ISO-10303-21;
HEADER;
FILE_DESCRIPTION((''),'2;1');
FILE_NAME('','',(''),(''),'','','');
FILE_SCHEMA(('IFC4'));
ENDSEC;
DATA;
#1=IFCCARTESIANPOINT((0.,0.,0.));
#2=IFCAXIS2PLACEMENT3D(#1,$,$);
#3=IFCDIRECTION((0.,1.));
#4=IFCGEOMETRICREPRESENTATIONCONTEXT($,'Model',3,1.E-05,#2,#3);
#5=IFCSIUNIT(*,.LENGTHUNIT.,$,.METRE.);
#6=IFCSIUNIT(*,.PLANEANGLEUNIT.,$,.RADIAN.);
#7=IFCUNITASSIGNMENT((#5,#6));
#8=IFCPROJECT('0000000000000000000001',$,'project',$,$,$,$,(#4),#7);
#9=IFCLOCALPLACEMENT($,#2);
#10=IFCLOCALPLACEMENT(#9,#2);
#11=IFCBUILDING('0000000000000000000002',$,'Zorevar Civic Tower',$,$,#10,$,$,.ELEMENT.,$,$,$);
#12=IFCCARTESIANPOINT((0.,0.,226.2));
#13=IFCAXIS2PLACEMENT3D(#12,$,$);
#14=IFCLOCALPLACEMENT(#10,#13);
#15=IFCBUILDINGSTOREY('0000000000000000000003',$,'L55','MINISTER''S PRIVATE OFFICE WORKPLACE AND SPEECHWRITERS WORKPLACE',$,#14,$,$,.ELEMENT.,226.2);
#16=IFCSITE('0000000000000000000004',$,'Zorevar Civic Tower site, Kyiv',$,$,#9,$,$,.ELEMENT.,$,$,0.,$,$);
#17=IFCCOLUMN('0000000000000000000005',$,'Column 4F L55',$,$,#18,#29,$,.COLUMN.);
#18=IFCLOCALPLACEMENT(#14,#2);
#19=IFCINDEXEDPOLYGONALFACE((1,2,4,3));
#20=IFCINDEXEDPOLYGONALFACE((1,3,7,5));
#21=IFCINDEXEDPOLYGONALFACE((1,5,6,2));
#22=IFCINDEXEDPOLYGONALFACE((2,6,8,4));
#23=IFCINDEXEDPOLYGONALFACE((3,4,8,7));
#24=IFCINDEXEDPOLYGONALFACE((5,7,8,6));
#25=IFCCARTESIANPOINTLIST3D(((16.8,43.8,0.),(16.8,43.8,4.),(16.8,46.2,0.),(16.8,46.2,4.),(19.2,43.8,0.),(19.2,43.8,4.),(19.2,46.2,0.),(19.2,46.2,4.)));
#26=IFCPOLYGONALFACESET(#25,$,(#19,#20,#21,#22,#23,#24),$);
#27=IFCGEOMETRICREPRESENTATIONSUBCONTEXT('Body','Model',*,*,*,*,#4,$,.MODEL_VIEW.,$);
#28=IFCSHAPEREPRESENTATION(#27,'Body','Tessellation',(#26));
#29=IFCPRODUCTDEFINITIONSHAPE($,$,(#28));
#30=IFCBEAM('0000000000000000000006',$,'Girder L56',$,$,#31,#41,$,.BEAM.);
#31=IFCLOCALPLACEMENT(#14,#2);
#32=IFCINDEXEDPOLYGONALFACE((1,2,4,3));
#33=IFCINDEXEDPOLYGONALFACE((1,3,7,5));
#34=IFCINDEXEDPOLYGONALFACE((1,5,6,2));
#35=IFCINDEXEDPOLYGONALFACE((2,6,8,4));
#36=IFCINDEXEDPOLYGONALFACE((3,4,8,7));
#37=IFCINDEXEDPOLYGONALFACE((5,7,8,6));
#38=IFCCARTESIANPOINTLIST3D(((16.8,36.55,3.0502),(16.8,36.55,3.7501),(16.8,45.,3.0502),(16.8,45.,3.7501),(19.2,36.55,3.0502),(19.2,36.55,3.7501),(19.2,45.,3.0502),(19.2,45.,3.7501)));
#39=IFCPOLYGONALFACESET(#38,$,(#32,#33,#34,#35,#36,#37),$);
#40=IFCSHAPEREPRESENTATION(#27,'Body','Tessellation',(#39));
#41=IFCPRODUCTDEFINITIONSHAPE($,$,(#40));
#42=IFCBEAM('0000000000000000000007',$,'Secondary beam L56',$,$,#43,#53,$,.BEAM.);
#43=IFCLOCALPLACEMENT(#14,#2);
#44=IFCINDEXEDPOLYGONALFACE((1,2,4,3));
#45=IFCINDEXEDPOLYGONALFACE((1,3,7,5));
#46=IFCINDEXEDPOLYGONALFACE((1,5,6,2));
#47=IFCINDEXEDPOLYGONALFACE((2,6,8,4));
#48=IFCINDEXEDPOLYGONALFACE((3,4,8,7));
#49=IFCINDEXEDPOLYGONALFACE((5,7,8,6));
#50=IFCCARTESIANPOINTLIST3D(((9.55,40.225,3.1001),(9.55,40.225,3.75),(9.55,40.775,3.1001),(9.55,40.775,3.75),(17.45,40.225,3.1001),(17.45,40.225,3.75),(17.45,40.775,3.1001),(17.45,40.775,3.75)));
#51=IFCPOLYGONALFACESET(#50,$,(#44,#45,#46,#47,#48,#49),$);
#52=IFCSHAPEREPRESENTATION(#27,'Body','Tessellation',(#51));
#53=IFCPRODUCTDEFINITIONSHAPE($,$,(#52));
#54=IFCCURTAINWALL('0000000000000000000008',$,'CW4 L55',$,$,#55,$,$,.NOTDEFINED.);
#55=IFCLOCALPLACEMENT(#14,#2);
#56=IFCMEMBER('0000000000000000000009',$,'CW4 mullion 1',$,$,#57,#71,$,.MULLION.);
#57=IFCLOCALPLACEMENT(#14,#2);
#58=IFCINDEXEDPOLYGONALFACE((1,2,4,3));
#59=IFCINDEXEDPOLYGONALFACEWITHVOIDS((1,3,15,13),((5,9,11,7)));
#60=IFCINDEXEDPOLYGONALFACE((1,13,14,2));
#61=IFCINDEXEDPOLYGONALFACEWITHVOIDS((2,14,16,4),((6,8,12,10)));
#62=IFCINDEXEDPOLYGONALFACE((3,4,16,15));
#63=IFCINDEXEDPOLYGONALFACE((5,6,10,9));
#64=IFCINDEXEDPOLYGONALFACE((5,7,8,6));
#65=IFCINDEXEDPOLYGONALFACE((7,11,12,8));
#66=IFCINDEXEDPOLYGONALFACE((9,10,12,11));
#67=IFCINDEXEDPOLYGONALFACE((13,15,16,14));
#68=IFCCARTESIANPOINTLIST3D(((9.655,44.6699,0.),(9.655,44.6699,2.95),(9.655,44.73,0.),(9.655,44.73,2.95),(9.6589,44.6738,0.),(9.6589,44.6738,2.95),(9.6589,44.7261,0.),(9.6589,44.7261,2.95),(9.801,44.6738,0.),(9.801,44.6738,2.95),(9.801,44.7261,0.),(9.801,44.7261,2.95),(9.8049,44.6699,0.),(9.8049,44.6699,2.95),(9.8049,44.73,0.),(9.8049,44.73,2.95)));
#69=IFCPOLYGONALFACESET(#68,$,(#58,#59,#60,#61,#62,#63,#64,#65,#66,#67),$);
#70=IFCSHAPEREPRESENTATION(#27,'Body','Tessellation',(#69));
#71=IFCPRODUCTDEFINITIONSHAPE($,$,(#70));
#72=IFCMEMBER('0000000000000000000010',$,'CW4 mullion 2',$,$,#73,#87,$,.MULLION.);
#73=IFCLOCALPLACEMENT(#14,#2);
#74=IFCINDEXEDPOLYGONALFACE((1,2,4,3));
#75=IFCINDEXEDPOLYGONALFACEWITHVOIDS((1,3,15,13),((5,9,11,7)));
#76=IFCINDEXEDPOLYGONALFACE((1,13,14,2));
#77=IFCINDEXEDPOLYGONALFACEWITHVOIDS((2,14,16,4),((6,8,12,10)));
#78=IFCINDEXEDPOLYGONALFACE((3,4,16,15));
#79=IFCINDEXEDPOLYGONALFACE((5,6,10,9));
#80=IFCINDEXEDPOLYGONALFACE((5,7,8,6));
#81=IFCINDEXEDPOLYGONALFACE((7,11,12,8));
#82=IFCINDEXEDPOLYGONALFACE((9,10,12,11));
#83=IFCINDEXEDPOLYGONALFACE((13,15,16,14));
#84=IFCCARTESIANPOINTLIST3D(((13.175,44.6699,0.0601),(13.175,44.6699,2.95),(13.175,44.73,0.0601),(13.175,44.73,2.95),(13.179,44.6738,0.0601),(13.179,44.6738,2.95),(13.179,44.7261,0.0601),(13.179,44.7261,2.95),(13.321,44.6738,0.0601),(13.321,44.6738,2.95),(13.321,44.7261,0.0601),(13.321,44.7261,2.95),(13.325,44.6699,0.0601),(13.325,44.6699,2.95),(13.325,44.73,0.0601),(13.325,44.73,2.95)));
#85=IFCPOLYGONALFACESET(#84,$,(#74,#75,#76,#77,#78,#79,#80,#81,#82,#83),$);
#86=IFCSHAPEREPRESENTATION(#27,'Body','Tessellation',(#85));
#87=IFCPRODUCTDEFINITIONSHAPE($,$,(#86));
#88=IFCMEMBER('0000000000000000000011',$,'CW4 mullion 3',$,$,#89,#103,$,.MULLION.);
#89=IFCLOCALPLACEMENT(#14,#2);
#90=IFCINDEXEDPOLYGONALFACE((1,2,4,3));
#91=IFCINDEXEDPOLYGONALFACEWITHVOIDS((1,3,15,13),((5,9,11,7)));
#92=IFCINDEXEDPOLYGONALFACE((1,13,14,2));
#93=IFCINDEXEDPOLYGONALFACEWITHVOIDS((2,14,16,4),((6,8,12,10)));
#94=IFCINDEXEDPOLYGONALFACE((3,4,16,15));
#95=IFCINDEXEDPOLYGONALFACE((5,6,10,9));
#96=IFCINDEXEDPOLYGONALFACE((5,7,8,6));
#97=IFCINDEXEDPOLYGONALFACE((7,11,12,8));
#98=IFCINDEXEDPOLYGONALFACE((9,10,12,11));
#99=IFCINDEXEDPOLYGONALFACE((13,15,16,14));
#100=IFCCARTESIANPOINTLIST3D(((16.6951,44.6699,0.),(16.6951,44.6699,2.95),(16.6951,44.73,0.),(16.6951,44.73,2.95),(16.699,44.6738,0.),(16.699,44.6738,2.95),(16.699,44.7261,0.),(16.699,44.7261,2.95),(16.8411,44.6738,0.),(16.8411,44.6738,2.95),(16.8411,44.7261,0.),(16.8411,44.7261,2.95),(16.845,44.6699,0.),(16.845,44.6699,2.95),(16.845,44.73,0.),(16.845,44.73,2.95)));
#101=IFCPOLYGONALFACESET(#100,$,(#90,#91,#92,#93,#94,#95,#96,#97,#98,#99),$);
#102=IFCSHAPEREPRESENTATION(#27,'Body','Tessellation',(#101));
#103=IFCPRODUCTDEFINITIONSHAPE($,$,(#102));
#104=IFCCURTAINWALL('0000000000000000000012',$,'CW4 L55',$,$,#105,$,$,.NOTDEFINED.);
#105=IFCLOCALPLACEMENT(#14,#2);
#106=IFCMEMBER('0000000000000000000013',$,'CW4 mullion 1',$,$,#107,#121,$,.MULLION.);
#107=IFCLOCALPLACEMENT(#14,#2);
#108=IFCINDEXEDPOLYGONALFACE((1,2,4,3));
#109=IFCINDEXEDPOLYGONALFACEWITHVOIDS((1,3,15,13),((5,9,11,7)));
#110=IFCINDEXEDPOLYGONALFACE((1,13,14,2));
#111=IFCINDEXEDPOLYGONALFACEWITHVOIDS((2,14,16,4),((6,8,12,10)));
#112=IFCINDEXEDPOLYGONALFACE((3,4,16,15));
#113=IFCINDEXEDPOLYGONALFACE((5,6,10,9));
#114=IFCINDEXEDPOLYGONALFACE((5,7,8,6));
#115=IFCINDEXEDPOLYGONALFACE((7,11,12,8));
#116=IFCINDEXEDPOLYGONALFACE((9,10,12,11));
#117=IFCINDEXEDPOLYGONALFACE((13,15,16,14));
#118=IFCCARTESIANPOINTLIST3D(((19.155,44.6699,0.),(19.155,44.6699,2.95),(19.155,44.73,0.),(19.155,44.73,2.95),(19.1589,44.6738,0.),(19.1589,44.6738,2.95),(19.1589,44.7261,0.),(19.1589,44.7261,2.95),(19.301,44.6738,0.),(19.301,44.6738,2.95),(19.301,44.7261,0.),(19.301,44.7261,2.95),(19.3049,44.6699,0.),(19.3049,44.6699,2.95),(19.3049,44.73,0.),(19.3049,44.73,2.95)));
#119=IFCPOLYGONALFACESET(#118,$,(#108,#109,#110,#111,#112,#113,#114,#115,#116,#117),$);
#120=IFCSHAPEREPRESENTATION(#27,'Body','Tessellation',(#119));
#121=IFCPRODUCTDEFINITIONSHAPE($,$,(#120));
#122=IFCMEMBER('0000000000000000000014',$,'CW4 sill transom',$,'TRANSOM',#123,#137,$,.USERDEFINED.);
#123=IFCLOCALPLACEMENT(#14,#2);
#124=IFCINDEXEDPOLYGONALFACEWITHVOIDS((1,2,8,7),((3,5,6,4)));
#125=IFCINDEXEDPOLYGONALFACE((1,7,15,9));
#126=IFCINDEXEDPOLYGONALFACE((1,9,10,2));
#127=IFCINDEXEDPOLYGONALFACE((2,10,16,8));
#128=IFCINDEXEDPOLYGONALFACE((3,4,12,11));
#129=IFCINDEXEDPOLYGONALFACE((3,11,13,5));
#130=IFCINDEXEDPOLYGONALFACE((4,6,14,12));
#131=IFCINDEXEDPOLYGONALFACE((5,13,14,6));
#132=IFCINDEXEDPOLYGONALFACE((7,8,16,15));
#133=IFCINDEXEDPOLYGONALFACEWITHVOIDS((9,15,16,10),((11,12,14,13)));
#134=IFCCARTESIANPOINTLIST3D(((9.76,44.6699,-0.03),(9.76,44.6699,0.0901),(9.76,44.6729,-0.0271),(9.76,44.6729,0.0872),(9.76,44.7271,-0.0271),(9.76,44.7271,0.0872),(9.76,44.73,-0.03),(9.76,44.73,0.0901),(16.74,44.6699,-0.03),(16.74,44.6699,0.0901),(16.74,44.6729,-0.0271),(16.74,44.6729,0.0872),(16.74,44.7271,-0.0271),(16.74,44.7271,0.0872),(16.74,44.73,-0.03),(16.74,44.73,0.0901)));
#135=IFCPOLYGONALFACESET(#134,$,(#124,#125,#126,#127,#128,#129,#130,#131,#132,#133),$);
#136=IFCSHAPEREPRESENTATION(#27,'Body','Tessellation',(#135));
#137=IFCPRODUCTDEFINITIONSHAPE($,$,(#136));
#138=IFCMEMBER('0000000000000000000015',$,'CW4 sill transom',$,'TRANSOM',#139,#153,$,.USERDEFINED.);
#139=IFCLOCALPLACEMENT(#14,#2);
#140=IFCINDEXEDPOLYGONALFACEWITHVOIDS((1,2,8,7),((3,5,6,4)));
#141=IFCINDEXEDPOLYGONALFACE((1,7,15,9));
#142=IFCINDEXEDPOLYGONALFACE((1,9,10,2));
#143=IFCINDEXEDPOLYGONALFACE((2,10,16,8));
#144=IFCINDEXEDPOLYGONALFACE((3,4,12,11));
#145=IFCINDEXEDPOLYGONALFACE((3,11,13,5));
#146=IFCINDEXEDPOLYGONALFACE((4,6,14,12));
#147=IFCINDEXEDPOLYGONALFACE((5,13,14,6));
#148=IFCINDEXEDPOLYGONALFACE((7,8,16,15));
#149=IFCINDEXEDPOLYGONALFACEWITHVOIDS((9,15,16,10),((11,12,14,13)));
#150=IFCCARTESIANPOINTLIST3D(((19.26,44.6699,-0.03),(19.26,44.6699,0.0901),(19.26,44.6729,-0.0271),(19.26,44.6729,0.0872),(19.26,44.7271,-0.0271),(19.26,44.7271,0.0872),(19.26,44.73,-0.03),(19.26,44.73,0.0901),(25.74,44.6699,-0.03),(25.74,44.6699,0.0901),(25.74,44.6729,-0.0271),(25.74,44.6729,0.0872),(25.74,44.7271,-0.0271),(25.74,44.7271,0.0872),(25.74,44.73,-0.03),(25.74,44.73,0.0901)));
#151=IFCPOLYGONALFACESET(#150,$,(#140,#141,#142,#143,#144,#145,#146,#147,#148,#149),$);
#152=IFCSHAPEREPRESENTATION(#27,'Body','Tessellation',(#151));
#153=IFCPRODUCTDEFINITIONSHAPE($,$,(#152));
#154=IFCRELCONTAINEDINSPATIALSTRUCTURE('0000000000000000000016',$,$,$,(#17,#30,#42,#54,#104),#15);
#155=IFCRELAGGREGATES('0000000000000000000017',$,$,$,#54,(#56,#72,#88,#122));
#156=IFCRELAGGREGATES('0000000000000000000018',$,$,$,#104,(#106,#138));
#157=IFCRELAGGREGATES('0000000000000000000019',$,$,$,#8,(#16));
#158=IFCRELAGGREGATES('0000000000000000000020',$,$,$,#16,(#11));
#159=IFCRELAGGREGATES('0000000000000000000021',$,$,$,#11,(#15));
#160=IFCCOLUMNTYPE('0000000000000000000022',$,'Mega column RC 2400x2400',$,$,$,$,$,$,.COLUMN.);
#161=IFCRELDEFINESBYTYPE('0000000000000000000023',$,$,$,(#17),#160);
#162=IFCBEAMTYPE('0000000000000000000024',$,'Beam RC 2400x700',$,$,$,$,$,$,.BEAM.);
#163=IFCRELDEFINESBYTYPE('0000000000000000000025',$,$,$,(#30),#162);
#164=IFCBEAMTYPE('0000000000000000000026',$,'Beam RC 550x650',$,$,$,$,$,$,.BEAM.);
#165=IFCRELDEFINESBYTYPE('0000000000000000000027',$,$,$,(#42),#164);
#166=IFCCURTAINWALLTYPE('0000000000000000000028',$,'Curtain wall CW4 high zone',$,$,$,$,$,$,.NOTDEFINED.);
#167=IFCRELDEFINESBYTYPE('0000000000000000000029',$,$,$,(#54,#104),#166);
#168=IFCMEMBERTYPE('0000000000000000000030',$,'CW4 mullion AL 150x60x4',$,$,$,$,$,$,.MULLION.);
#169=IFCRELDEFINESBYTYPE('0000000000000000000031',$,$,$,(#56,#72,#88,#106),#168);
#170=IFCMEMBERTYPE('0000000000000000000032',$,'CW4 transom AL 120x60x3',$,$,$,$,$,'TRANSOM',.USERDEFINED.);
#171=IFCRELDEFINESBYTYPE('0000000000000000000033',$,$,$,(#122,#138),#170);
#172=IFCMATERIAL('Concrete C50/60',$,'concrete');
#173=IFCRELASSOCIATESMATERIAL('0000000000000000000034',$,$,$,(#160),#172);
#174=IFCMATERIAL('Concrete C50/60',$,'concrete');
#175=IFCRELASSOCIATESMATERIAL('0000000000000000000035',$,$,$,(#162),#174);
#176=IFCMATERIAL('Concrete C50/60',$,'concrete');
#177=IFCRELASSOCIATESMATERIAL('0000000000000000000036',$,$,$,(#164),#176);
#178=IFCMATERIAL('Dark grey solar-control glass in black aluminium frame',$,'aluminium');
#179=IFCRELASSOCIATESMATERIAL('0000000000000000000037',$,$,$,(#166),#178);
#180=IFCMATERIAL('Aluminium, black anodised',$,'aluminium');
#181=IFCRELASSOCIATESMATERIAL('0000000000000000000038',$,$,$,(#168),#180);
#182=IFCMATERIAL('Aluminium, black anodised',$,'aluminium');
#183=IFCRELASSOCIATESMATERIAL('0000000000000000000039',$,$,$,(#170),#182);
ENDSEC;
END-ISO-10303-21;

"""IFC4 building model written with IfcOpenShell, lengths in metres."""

from ifc_helpers import new_model, si_unit, direction, frame, origin, origin_2d, place, context, subcontext, project, spatial, rectangle, hollow_rectangle, extrude, material, material_profile, profile_set, type_object, element, aggregate, save


model = new_model("IFC4")

# Units and contexts
model_context = context("Model", 3, precision=1e-05, world=origin(), true_north=direction((0.0, 1.0)))
body_context = subcontext(model_context, "Body", "Model", "MODEL_VIEW")
ifc_project = project(units=[si_unit("LENGTHUNIT", "METRE"), si_unit("PLANEANGLEUNIT", "RADIAN")], contexts=[model_context])

# Site, building, storey
site_placement = place(None, origin())
site = spatial("IfcSite", under=ifc_project, at=site_placement, Name="Zorevar Civic Tower site, Kyiv", CompositionType="ELEMENT", RefElevation=0.0)
building_placement = place(site_placement, origin())
building = spatial("IfcBuilding", under=site, at=building_placement, Name="Zorevar Civic Tower", CompositionType="ELEMENT")
storey_placement = place(building_placement, frame((0.0, 0.0, 226.2)))
storey = spatial("IfcBuildingStorey", under=building, at=storey_placement, Name="L55", Description="MINISTER'S PRIVATE OFFICE WORKPLACE AND SPEECHWRITERS WORKPLACE", CompositionType="ELEMENT", Elevation=226.2)

# Column
ifc_material_1 = material(Name="Concrete C50/60", Category="concrete")
ifc_material_profile_1 = material_profile(ifc_material_1, rectangle(XDim=2.3999, YDim=2.3999, at=origin_2d()), Name="RC 2400x2400")
ifc_profile_set_1 = profile_set([ifc_material_profile_1], Name="Concrete C50/60")
column_type = type_object("IfcColumnType", Name="Mega column RC 2400x2400", PredefinedType="COLUMN", material=ifc_profile_set_1)
column_placement = place(storey_placement, frame((18.0, 45.0, 0.0), z_axis=(0.0, 0.0, 1.0), x_axis=(1.0, 0.0, 0.0)))
element("IfcColumn", 1, at=column_placement, inside=storey, type_object=column_type, Name="Column 4F L55", PredefinedType="COLUMN", context=body_context, shape_type="SweptSolid", body=[
    extrude(rectangle(XDim=2.3999, YDim=2.3999, at=origin_2d()), origin(), (0.0, 0.0, 1.0), 4.0),
])

# Beams
ifc_material_2 = material(Name="Concrete C50/60", Category="concrete")
ifc_material_profile_2 = material_profile(ifc_material_2, rectangle(XDim=2.3999, YDim=0.7, at=origin_2d()), Name="RC 2400x700")
ifc_profile_set_2 = profile_set([ifc_material_profile_2], Name="Concrete C50/60")
beam_type_1 = type_object("IfcBeamType", Name="Beam RC 2400x700", PredefinedType="BEAM", material=ifc_profile_set_2)
beam_1_placement = place(storey_placement, frame((18.0, 36.55, 3.4001), z_axis=(0.0, 1.0, 0.0), x_axis=(-1.0, 0.0, 0.0)))
element("IfcBeam", 2, at=beam_1_placement, inside=storey, type_object=beam_type_1, Name="Girder L56", PredefinedType="BEAM", context=body_context, shape_type="SweptSolid", body=[
    extrude(rectangle(XDim=2.3999, YDim=0.7, at=origin_2d()), origin(), (0.0, 0.0, 1.0), 8.45),
])
ifc_material_3 = material(Name="Concrete C50/60", Category="concrete")
ifc_material_profile_3 = material_profile(ifc_material_3, rectangle(XDim=0.55, YDim=0.6499, at=origin_2d()), Name="RC 550x650")
ifc_profile_set_3 = profile_set([ifc_material_profile_3], Name="Concrete C50/60")
beam_type_2 = type_object("IfcBeamType", Name="Beam RC 550x650", PredefinedType="BEAM", material=ifc_profile_set_3)
beam_2_placement = place(storey_placement, frame((9.55, 40.5, 3.425), z_axis=(1.0, 0.0, 0.0), x_axis=(0.0, 1.0, 0.0)))
element("IfcBeam", 3, at=beam_2_placement, inside=storey, type_object=beam_type_2, Name="Secondary beam L56", PredefinedType="BEAM", context=body_context, shape_type="SweptSolid", body=[
    extrude(rectangle(XDim=0.55, YDim=0.6499, at=origin_2d()), origin(), (0.0, 0.0, 1.0), 7.8999),
])

# Curtain wall, members
ifc_material_4 = material(Name="Dark grey solar-control glass in black aluminium frame", Category="aluminium")
curtain_wall_type = type_object("IfcCurtainWallType", Name="Curtain wall CW4 high zone", PredefinedType="NOTDEFINED", material=ifc_material_4)
curtain_wall_1_placement = place(storey_placement, origin())
curtain_wall_1 = element("IfcCurtainWall", 4, at=curtain_wall_1_placement, inside=storey, type_object=curtain_wall_type, Name="CW4 L55", PredefinedType="NOTDEFINED")
ifc_material_5 = material(Name="Aluminium, black anodised", Category="aluminium")
ifc_material_profile_4 = material_profile(ifc_material_5, hollow_rectangle(XDim=0.0601, YDim=0.1499, WallThickness=0.0039, at=origin_2d()), Name="AL 150x60x4")
ifc_profile_set_4 = profile_set([ifc_material_profile_4], Name="Aluminium, black anodised")
member_type_1 = type_object("IfcMemberType", Name="CW4 mullion AL 150x60x4", PredefinedType="MULLION", material=ifc_profile_set_4)
member_1_placement = place(storey_placement, frame((9.73, 44.7, 0.0), z_axis=(0.0, 0.0, 1.0), x_axis=(0.0, 1.0, 0.0)))
member_1 = element("IfcMember", 5, at=member_1_placement, type_object=member_type_1, Name="CW4 mullion 1", PredefinedType="MULLION", context=body_context, shape_type="SweptSolid", body=[
    extrude(hollow_rectangle(XDim=0.0601, YDim=0.1499, WallThickness=0.0039, at=origin_2d()), origin(), (0.0, 0.0, 1.0), 2.95),
])
member_2_placement = place(storey_placement, frame((13.25, 44.7, 0.0601), z_axis=(0.0, 0.0, 1.0), x_axis=(0.0, 1.0, 0.0)))
member_2 = element("IfcMember", 6, at=member_2_placement, type_object=member_type_1, Name="CW4 mullion 2", PredefinedType="MULLION", context=body_context, shape_type="SweptSolid", body=[
    extrude(hollow_rectangle(XDim=0.0601, YDim=0.1499, WallThickness=0.0039, at=origin_2d()), origin(), (0.0, 0.0, 1.0), 2.8899),
])
member_3_placement = place(storey_placement, frame((16.77, 44.7, 0.0), z_axis=(0.0, 0.0, 1.0), x_axis=(0.0, 1.0, 0.0)))
member_3 = element("IfcMember", 7, at=member_3_placement, type_object=member_type_1, Name="CW4 mullion 3", PredefinedType="MULLION", context=body_context, shape_type="SweptSolid", body=[
    extrude(hollow_rectangle(XDim=0.0601, YDim=0.1499, WallThickness=0.0039, at=origin_2d()), origin(), (0.0, 0.0, 1.0), 2.95),
])

# Curtain wall, member
curtain_wall_2_placement = place(storey_placement, origin())
curtain_wall_2 = element("IfcCurtainWall", 8, at=curtain_wall_2_placement, inside=storey, type_object=curtain_wall_type, Name="CW4 L55", PredefinedType="NOTDEFINED")
member_4_placement = place(storey_placement, frame((19.23, 44.7, 0.0), z_axis=(0.0, 0.0, 1.0), x_axis=(0.0, 1.0, 0.0)))
member_4 = element("IfcMember", 9, at=member_4_placement, type_object=member_type_1, Name="CW4 mullion 1", PredefinedType="MULLION", context=body_context, shape_type="SweptSolid", body=[
    extrude(hollow_rectangle(XDim=0.0601, YDim=0.1499, WallThickness=0.0039, at=origin_2d()), origin(), (0.0, 0.0, 1.0), 2.95),
])

# Members
ifc_material_6 = material(Name="Aluminium, black anodised", Category="aluminium")
ifc_material_profile_5 = material_profile(ifc_material_6, hollow_rectangle(XDim=0.0601, YDim=0.1201, WallThickness=0.0029, at=origin_2d()), Name="AL 120x60x3")
ifc_profile_set_5 = profile_set([ifc_material_profile_5], Name="Aluminium, black anodised")
member_type_2 = type_object("IfcMemberType", Name="CW4 transom AL 120x60x3", ElementType="TRANSOM", PredefinedType="USERDEFINED", material=ifc_profile_set_5)
member_5_placement = place(storey_placement, frame((9.76, 44.7, 0.03), z_axis=(1.0, 0.0, 0.0), x_axis=(0.0, 1.0, 0.0)))
member_5 = element("IfcMember", 10, at=member_5_placement, type_object=member_type_2, Name="CW4 sill transom", ObjectType="TRANSOM", PredefinedType="USERDEFINED", context=body_context, shape_type="SweptSolid", body=[
    extrude(hollow_rectangle(XDim=0.0601, YDim=0.1201, WallThickness=0.0029, at=origin_2d()), origin(), (0.0, 0.0, 1.0), 6.98),
])
member_6_placement = place(storey_placement, frame((19.26, 44.7, 0.03), z_axis=(1.0, 0.0, 0.0), x_axis=(0.0, 1.0, 0.0)))
member_6 = element("IfcMember", 11, at=member_6_placement, type_object=member_type_2, Name="CW4 sill transom", ObjectType="TRANSOM", PredefinedType="USERDEFINED", context=body_context, shape_type="SweptSolid", body=[
    extrude(hollow_rectangle(XDim=0.0601, YDim=0.1201, WallThickness=0.0029, at=origin_2d()), origin(), (0.0, 0.0, 1.0), 6.48),
])

aggregate(curtain_wall_1, [member_1, member_2, member_3, member_5])
aggregate(curtain_wall_2, [member_4, member_6])

save(model, "model.ifc")
